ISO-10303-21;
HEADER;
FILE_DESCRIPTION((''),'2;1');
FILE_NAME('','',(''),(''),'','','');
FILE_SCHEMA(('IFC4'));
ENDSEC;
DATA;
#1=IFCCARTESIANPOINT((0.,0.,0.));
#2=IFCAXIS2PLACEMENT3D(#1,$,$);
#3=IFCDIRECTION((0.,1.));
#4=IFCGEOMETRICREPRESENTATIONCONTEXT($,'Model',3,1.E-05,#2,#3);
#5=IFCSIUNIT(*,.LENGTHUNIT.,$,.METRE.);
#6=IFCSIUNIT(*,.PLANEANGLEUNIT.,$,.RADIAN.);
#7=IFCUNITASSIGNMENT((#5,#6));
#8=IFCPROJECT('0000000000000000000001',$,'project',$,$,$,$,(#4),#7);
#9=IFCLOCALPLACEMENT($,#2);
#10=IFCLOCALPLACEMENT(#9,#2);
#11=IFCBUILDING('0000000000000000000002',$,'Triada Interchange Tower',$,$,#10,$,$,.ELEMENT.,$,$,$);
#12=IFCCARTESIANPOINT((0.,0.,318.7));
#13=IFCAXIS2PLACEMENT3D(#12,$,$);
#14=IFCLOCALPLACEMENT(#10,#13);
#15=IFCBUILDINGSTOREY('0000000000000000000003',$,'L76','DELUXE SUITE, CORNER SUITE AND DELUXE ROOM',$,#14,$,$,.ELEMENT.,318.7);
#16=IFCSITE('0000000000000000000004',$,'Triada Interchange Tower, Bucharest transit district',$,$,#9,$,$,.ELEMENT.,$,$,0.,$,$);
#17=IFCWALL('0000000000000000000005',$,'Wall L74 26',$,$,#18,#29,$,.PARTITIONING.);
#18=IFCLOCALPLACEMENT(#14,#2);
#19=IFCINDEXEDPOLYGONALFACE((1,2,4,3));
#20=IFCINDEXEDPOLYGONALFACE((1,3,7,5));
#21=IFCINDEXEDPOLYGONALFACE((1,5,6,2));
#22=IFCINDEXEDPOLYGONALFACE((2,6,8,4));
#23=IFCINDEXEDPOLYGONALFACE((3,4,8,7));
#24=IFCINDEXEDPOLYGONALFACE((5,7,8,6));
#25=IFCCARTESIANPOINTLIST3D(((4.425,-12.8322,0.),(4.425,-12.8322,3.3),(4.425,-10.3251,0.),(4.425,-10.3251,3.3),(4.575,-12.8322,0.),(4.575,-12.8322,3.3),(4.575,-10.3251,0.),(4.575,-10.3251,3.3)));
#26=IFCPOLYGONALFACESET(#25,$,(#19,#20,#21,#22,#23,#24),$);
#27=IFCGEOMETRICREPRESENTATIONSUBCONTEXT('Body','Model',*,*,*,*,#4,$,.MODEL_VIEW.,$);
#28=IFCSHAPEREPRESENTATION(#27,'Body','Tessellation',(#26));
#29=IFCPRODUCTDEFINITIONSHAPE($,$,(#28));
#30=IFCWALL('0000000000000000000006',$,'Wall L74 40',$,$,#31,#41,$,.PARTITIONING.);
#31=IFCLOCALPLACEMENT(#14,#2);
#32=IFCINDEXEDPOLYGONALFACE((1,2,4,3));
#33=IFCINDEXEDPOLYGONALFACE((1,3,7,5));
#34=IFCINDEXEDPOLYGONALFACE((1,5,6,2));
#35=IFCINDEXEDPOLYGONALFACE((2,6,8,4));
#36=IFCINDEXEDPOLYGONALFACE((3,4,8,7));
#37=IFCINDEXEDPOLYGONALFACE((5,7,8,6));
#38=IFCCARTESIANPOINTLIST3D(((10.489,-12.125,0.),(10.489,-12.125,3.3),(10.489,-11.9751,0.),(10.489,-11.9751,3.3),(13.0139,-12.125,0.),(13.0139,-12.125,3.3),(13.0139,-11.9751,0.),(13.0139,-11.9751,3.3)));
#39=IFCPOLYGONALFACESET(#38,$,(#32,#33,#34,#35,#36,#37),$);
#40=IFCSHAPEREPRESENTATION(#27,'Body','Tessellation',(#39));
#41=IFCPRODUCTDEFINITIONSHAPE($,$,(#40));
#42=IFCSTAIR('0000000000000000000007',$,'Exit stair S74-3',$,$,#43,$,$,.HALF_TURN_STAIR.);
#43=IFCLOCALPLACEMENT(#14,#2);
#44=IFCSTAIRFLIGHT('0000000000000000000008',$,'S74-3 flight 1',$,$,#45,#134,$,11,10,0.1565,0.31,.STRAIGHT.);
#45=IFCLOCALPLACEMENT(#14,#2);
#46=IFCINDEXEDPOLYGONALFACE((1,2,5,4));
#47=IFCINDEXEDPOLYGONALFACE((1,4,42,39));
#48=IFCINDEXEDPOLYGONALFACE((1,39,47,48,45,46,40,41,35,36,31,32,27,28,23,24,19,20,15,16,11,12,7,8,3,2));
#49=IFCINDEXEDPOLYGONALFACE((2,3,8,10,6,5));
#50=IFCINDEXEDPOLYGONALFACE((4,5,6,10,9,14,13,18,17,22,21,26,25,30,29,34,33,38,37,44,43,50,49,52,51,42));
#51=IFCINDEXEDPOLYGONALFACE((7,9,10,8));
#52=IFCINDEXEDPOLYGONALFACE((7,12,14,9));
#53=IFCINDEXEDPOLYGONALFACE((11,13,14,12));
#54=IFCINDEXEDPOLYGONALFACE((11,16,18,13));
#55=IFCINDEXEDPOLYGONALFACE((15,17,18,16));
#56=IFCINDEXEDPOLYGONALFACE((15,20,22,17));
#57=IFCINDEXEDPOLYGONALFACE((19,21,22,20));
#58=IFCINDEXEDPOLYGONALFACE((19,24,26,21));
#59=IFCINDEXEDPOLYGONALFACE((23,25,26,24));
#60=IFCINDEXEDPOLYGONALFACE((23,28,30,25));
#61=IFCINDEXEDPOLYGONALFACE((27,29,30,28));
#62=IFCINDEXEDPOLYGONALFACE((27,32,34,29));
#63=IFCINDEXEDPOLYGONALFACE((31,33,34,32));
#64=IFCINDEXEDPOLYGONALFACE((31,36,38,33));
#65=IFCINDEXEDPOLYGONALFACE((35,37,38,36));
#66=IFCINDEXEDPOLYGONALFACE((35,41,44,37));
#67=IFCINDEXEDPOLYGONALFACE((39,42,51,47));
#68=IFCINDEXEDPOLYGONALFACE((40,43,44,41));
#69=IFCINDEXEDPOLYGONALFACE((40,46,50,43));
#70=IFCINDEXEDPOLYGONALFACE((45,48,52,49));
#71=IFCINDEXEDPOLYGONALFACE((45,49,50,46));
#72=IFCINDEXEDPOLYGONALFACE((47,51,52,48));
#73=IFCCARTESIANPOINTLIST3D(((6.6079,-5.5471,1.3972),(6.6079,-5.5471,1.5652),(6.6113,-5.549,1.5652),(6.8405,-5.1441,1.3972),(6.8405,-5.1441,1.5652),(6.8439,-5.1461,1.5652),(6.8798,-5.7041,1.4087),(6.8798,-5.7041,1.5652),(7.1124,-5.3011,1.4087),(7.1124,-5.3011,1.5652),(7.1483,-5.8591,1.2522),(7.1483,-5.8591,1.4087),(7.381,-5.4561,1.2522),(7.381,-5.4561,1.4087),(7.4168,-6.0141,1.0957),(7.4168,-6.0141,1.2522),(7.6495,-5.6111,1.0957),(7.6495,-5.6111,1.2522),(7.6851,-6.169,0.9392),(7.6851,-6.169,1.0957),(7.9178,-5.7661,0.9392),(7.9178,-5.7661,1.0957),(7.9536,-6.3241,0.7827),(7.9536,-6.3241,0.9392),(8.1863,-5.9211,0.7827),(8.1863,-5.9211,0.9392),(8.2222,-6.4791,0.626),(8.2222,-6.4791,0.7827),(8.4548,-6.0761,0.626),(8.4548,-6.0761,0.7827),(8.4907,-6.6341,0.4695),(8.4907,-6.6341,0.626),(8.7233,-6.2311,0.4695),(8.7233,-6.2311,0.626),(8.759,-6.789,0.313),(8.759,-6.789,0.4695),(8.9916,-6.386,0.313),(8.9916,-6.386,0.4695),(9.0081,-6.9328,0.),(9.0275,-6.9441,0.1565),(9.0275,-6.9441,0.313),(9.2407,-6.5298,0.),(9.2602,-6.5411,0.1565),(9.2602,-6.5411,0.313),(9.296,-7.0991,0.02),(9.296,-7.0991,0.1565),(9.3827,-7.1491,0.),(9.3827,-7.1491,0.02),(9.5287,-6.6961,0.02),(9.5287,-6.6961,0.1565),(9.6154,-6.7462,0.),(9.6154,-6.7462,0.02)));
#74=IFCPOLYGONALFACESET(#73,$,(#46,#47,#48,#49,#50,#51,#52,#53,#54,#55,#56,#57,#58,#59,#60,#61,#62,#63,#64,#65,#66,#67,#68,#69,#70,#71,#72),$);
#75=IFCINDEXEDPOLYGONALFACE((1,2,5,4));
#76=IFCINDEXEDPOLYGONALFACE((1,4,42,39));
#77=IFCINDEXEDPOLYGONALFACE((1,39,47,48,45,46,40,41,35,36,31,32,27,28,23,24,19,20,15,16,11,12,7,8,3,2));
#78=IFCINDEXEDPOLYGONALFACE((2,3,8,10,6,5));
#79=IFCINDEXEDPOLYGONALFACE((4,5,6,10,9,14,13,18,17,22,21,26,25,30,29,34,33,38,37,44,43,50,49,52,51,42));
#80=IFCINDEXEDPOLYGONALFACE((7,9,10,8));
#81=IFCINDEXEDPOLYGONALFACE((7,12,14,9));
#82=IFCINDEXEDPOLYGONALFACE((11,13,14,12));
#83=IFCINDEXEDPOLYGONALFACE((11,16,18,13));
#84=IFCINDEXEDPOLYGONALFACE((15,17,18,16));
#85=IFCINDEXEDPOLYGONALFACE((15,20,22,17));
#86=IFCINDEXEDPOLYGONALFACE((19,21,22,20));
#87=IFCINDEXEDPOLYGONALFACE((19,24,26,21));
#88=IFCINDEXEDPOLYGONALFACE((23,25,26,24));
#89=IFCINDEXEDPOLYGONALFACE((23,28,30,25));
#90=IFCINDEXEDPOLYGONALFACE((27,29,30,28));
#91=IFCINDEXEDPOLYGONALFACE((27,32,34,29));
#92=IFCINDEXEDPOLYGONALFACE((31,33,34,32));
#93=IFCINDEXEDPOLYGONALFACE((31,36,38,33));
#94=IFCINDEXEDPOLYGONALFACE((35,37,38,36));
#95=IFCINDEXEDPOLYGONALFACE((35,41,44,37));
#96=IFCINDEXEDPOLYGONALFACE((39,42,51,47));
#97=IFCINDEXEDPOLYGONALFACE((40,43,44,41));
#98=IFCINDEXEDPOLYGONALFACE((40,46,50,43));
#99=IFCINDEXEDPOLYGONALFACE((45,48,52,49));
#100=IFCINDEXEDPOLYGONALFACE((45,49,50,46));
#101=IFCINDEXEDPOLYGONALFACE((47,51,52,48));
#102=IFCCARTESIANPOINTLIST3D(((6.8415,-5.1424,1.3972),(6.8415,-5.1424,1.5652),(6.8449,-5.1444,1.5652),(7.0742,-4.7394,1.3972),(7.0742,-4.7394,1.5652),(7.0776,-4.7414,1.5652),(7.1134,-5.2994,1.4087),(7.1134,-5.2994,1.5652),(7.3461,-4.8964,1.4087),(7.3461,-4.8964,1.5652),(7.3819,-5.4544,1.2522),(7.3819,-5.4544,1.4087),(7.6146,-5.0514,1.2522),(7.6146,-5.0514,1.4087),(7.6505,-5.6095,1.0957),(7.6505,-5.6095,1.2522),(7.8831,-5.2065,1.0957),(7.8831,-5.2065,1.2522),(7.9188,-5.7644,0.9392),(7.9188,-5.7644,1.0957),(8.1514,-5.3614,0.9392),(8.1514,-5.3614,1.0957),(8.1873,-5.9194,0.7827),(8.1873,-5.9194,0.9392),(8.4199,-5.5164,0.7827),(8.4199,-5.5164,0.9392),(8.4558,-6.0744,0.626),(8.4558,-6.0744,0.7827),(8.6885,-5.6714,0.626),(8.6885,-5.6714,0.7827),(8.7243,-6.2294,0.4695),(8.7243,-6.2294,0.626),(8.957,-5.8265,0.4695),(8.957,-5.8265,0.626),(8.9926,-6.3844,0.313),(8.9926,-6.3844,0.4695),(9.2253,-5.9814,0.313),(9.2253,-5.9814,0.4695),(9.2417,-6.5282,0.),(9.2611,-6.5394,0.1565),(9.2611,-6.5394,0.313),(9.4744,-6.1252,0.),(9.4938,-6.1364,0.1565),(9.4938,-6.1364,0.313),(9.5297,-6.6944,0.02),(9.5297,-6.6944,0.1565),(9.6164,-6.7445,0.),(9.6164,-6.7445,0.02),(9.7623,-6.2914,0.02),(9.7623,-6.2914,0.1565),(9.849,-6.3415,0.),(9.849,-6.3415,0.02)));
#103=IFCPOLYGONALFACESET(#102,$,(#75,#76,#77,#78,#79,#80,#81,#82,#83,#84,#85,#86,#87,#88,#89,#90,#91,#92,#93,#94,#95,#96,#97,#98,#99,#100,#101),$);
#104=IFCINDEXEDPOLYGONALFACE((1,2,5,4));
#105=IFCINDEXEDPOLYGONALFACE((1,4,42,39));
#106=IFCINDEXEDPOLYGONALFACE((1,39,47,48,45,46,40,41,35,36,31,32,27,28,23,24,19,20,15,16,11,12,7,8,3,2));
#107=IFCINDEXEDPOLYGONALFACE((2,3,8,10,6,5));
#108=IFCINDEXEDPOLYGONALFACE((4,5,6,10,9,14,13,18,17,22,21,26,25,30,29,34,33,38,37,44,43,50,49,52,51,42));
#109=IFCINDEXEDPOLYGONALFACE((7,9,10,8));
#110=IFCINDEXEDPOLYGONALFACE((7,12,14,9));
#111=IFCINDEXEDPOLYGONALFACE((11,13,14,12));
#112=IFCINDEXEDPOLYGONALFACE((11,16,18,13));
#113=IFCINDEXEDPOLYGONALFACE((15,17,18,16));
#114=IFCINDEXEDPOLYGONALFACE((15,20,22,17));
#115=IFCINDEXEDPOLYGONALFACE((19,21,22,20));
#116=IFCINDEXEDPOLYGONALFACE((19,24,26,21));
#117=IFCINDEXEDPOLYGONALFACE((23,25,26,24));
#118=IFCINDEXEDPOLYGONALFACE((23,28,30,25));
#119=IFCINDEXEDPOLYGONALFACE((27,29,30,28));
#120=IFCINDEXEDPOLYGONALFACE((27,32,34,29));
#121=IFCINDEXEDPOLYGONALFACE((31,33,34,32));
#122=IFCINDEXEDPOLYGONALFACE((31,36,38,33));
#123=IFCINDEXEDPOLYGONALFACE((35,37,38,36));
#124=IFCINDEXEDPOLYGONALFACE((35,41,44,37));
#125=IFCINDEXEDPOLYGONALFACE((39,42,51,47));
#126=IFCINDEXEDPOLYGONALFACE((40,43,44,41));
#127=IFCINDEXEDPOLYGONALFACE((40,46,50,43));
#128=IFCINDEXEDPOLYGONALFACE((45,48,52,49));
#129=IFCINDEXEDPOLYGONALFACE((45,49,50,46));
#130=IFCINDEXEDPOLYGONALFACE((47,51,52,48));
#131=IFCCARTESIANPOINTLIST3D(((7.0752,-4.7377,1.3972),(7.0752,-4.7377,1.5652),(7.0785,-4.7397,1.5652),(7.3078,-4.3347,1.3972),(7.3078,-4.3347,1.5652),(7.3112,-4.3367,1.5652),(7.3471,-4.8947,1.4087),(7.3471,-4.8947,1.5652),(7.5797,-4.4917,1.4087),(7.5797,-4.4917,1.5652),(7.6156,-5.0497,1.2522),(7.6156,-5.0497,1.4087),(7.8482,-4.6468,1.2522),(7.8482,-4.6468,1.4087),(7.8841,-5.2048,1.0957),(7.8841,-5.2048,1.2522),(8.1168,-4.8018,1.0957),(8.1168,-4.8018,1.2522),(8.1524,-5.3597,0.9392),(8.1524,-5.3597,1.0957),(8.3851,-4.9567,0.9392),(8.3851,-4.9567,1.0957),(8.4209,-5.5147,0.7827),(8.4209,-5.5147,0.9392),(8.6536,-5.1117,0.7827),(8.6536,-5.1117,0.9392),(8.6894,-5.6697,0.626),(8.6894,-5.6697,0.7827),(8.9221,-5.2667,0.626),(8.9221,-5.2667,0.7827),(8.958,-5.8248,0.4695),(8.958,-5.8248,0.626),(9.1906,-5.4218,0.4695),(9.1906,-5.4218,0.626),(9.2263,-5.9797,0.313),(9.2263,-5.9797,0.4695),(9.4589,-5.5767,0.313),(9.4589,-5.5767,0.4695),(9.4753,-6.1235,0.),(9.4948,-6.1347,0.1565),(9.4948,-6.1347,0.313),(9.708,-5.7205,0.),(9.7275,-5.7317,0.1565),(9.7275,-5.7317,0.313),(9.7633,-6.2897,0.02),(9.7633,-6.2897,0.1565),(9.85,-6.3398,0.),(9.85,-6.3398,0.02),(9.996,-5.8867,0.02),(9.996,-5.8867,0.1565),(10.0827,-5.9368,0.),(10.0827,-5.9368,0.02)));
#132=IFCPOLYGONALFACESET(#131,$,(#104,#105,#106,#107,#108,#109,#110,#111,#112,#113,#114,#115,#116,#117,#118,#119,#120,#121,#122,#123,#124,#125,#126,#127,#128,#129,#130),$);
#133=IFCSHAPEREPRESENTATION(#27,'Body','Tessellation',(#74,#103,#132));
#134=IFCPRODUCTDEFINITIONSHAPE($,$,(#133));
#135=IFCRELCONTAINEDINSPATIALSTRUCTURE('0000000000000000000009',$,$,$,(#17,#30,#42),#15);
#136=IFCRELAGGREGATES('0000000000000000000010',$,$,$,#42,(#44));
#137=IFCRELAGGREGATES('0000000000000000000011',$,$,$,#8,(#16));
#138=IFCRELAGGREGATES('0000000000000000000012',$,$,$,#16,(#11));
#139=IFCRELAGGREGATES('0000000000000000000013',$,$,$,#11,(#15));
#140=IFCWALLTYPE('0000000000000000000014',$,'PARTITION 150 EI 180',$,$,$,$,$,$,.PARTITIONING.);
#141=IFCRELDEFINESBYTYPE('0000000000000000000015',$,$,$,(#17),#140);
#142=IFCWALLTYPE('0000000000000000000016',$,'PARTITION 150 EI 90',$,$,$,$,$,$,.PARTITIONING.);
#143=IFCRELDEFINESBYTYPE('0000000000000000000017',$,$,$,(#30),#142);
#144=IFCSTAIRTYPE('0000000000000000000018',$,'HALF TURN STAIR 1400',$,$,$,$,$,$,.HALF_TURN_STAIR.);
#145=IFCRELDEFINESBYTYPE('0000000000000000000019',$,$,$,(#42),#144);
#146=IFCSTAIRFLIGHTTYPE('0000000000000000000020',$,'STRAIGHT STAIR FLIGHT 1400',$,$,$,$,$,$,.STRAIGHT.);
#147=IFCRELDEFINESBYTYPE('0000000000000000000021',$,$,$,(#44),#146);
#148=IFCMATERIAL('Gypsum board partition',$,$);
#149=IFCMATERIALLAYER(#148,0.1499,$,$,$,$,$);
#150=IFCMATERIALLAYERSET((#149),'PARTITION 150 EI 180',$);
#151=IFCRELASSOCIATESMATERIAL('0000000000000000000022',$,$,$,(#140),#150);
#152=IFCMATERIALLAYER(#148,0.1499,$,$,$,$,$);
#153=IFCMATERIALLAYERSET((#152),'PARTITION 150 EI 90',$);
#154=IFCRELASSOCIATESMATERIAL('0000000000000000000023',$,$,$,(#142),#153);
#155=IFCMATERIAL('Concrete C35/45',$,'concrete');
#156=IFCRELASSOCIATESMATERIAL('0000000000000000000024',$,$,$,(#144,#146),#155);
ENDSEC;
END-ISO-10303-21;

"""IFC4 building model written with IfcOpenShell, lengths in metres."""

from ifc_helpers import new_model, si_unit, direction, frame, frame_2d, origin, place, context, subcontext, project, spatial, polyline, rectangle, outline, extrude, material, layer, layer_set, type_object, element, aggregate, save


model = new_model("IFC4")

# Units and contexts
model_context = context("Model", 3, precision=1e-05, world=origin(), true_north=direction((0.0, 1.0)))
body_context = subcontext(model_context, "Body", "Model", "MODEL_VIEW")
ifc_project = project(units=[si_unit("LENGTHUNIT", "METRE"), si_unit("PLANEANGLEUNIT", "RADIAN")], contexts=[model_context])

# Site, building, storey
site_placement = place(None, origin())
site = spatial("IfcSite", under=ifc_project, at=site_placement, Name="Triada Interchange Tower, Bucharest transit district", CompositionType="ELEMENT", RefElevation=0.0)
building_placement = place(site_placement, origin())
building = spatial("IfcBuilding", under=site, at=building_placement, Name="Triada Interchange Tower", CompositionType="ELEMENT")
storey_placement = place(building_placement, frame((0.0, 0.0, 318.7)))
storey = spatial("IfcBuildingStorey", under=building, at=storey_placement, Name="L76", Description="DELUXE SUITE, CORNER SUITE AND DELUXE ROOM", CompositionType="ELEMENT", Elevation=318.7)

# Walls
ifc_material_1 = material(Name="Gypsum board partition")
ifc_layer_1 = layer(ifc_material_1, 0.1499)
ifc_layer_set_1 = layer_set([ifc_layer_1], Name="PARTITION 150 EI 180")
wall_type_1 = type_object("IfcWallType", Name="PARTITION 150 EI 180", PredefinedType="PARTITIONING", material=ifc_layer_set_1)
for number, where, z_axis, x_axis, name in (
    (1, (4.5, -12.832, 0.0), (0.0, 0.0, 1.0), (0.0, 1.0, 0.0), "Wall L74 26"),
):
    element("IfcWall", number, at=place(storey_placement, frame(where, z_axis=z_axis, x_axis=x_axis)), inside=storey, type_object=wall_type_1, Name=name, PredefinedType="PARTITIONING", context=body_context, shape_type="SweptSolid", body=[
        extrude(rectangle(XDim=2.5071, YDim=0.1499, at=frame_2d((1.2534, 0.0))), origin(), (0.0, 0.0, 1.0), 3.3),
    ])
ifc_layer_2 = layer(ifc_material_1, 0.1499)
ifc_layer_set_2 = layer_set([ifc_layer_2], Name="PARTITION 150 EI 90")
wall_type_2 = type_object("IfcWallType", Name="PARTITION 150 EI 90", PredefinedType="PARTITIONING", material=ifc_layer_set_2)
wall_1_placement = place(storey_placement, frame((10.489, -12.05, 0.0), z_axis=(0.0, 0.0, 1.0), x_axis=(1.0, 0.0, 0.0)))
element("IfcWall", 2, at=wall_1_placement, inside=storey, type_object=wall_type_2, Name="Wall L74 40", PredefinedType="PARTITIONING", context=body_context, shape_type="SweptSolid", body=[
    extrude(rectangle(XDim=2.5249, YDim=0.1499, at=frame_2d((1.2625, 0.0))), origin(), (0.0, 0.0, 1.0), 3.3),
])

# Stair, stair flight
ifc_material_2 = material(Name="Concrete C35/45", Category="concrete")
stair_type = type_object("IfcStairType", Name="HALF TURN STAIR 1400", PredefinedType="HALF_TURN_STAIR", material=ifc_material_2)
stair_placement = place(storey_placement, origin())
stair = element("IfcStair", 3, at=stair_placement, inside=storey, type_object=stair_type, Name="Exit stair S74-3", PredefinedType="HALF_TURN_STAIR")
stair_flight_type = type_object("IfcStairFlightType", Name="STRAIGHT STAIR FLIGHT 1400", PredefinedType="STRAIGHT", material=ifc_material_2)
stair_flight_1_placement = place(storey_placement, frame((9.646, -6.4929, 0.0), z_axis=(0.0, 0.0, 1.0), x_axis=(-0.866025, 0.5, 0.0)))
stair_flight_1 = element("IfcStairFlight", 4, at=stair_flight_1_placement, type_object=stair_flight_type, Name="S74-3 flight 1", NumberOfRisers=11, NumberOfTreads=10, PredefinedType="STRAIGHT", RiserHeight=0.1565, TreadLength=0.31, context=body_context, shape_type="SweptSolid", body=[
    extrude(outline(polyline([(-0.1001, 0.0), (-0.1001, 0.02), (0.0, 0.02), (0.0, 0.1565), (0.3101, 0.1565), (0.3101, 0.313), (0.6201, 0.313), (0.6201, 0.4695), (0.9299, 0.4695), (0.9299, 0.626), (1.24, 0.626), (1.24, 0.7827), (1.55, 0.7827), (1.55, 0.9392), (1.8601, 0.9392), (1.8601, 1.0957), (2.1699, 1.0957), (2.1699, 1.2522), (2.48, 1.2522), (2.48, 1.4087), (2.79, 1.4087), (2.79, 1.5652), (3.1001, 1.5652), (3.104, 1.5652), (3.104, 1.7217), (3.104, 1.3972), (0.3325, 0.0), (-0.1001, 0.0)])), frame((0.0, 0.7, 0.0), z_axis=(0.0, -1.0, 0.0), x_axis=(1.0, 0.0, 0.0)), (0.0, 0.0, 1.0), 0.4653),
    extrude(outline(polyline([(-0.1001, 0.0), (-0.1001, 0.02), (0.0, 0.02), (0.0, 0.1565), (0.3101, 0.1565), (0.3101, 0.313), (0.6201, 0.313), (0.6201, 0.4695), (0.9299, 0.4695), (0.9299, 0.626), (1.24, 0.626), (1.24, 0.7827), (1.55, 0.7827), (1.55, 0.9392), (1.8601, 0.9392), (1.8601, 1.0957), (2.1699, 1.0957), (2.1699, 1.2522), (2.48, 1.2522), (2.48, 1.4087), (2.79, 1.4087), (2.79, 1.5652), (3.1001, 1.5652), (3.104, 1.5652), (3.104, 1.7217), (3.104, 1.3972), (0.3325, 0.0), (-0.1001, 0.0)])), frame((0.0, 0.2327, 0.0), z_axis=(0.0, -1.0, 0.0), x_axis=(1.0, 0.0, 0.0)), (0.0, 0.0, 1.0), 0.4653),
    extrude(outline(polyline([(-0.1001, 0.0), (-0.1001, 0.02), (0.0, 0.02), (0.0, 0.1565), (0.3101, 0.1565), (0.3101, 0.313), (0.6201, 0.313), (0.6201, 0.4695), (0.9299, 0.4695), (0.9299, 0.626), (1.24, 0.626), (1.24, 0.7827), (1.55, 0.7827), (1.55, 0.9392), (1.8601, 0.9392), (1.8601, 1.0957), (2.1699, 1.0957), (2.1699, 1.2522), (2.48, 1.2522), (2.48, 1.4087), (2.79, 1.4087), (2.79, 1.5652), (3.1001, 1.5652), (3.104, 1.5652), (3.104, 1.7217), (3.104, 1.3972), (0.3325, 0.0), (-0.1001, 0.0)])), frame((0.0, -0.2346, 0.0), z_axis=(0.0, -1.0, 0.0), x_axis=(1.0, 0.0, 0.0)), (0.0, 0.0, 1.0), 0.4653),
])
aggregate(stair, [stair_flight_1])

save(model, "model.ifc")
